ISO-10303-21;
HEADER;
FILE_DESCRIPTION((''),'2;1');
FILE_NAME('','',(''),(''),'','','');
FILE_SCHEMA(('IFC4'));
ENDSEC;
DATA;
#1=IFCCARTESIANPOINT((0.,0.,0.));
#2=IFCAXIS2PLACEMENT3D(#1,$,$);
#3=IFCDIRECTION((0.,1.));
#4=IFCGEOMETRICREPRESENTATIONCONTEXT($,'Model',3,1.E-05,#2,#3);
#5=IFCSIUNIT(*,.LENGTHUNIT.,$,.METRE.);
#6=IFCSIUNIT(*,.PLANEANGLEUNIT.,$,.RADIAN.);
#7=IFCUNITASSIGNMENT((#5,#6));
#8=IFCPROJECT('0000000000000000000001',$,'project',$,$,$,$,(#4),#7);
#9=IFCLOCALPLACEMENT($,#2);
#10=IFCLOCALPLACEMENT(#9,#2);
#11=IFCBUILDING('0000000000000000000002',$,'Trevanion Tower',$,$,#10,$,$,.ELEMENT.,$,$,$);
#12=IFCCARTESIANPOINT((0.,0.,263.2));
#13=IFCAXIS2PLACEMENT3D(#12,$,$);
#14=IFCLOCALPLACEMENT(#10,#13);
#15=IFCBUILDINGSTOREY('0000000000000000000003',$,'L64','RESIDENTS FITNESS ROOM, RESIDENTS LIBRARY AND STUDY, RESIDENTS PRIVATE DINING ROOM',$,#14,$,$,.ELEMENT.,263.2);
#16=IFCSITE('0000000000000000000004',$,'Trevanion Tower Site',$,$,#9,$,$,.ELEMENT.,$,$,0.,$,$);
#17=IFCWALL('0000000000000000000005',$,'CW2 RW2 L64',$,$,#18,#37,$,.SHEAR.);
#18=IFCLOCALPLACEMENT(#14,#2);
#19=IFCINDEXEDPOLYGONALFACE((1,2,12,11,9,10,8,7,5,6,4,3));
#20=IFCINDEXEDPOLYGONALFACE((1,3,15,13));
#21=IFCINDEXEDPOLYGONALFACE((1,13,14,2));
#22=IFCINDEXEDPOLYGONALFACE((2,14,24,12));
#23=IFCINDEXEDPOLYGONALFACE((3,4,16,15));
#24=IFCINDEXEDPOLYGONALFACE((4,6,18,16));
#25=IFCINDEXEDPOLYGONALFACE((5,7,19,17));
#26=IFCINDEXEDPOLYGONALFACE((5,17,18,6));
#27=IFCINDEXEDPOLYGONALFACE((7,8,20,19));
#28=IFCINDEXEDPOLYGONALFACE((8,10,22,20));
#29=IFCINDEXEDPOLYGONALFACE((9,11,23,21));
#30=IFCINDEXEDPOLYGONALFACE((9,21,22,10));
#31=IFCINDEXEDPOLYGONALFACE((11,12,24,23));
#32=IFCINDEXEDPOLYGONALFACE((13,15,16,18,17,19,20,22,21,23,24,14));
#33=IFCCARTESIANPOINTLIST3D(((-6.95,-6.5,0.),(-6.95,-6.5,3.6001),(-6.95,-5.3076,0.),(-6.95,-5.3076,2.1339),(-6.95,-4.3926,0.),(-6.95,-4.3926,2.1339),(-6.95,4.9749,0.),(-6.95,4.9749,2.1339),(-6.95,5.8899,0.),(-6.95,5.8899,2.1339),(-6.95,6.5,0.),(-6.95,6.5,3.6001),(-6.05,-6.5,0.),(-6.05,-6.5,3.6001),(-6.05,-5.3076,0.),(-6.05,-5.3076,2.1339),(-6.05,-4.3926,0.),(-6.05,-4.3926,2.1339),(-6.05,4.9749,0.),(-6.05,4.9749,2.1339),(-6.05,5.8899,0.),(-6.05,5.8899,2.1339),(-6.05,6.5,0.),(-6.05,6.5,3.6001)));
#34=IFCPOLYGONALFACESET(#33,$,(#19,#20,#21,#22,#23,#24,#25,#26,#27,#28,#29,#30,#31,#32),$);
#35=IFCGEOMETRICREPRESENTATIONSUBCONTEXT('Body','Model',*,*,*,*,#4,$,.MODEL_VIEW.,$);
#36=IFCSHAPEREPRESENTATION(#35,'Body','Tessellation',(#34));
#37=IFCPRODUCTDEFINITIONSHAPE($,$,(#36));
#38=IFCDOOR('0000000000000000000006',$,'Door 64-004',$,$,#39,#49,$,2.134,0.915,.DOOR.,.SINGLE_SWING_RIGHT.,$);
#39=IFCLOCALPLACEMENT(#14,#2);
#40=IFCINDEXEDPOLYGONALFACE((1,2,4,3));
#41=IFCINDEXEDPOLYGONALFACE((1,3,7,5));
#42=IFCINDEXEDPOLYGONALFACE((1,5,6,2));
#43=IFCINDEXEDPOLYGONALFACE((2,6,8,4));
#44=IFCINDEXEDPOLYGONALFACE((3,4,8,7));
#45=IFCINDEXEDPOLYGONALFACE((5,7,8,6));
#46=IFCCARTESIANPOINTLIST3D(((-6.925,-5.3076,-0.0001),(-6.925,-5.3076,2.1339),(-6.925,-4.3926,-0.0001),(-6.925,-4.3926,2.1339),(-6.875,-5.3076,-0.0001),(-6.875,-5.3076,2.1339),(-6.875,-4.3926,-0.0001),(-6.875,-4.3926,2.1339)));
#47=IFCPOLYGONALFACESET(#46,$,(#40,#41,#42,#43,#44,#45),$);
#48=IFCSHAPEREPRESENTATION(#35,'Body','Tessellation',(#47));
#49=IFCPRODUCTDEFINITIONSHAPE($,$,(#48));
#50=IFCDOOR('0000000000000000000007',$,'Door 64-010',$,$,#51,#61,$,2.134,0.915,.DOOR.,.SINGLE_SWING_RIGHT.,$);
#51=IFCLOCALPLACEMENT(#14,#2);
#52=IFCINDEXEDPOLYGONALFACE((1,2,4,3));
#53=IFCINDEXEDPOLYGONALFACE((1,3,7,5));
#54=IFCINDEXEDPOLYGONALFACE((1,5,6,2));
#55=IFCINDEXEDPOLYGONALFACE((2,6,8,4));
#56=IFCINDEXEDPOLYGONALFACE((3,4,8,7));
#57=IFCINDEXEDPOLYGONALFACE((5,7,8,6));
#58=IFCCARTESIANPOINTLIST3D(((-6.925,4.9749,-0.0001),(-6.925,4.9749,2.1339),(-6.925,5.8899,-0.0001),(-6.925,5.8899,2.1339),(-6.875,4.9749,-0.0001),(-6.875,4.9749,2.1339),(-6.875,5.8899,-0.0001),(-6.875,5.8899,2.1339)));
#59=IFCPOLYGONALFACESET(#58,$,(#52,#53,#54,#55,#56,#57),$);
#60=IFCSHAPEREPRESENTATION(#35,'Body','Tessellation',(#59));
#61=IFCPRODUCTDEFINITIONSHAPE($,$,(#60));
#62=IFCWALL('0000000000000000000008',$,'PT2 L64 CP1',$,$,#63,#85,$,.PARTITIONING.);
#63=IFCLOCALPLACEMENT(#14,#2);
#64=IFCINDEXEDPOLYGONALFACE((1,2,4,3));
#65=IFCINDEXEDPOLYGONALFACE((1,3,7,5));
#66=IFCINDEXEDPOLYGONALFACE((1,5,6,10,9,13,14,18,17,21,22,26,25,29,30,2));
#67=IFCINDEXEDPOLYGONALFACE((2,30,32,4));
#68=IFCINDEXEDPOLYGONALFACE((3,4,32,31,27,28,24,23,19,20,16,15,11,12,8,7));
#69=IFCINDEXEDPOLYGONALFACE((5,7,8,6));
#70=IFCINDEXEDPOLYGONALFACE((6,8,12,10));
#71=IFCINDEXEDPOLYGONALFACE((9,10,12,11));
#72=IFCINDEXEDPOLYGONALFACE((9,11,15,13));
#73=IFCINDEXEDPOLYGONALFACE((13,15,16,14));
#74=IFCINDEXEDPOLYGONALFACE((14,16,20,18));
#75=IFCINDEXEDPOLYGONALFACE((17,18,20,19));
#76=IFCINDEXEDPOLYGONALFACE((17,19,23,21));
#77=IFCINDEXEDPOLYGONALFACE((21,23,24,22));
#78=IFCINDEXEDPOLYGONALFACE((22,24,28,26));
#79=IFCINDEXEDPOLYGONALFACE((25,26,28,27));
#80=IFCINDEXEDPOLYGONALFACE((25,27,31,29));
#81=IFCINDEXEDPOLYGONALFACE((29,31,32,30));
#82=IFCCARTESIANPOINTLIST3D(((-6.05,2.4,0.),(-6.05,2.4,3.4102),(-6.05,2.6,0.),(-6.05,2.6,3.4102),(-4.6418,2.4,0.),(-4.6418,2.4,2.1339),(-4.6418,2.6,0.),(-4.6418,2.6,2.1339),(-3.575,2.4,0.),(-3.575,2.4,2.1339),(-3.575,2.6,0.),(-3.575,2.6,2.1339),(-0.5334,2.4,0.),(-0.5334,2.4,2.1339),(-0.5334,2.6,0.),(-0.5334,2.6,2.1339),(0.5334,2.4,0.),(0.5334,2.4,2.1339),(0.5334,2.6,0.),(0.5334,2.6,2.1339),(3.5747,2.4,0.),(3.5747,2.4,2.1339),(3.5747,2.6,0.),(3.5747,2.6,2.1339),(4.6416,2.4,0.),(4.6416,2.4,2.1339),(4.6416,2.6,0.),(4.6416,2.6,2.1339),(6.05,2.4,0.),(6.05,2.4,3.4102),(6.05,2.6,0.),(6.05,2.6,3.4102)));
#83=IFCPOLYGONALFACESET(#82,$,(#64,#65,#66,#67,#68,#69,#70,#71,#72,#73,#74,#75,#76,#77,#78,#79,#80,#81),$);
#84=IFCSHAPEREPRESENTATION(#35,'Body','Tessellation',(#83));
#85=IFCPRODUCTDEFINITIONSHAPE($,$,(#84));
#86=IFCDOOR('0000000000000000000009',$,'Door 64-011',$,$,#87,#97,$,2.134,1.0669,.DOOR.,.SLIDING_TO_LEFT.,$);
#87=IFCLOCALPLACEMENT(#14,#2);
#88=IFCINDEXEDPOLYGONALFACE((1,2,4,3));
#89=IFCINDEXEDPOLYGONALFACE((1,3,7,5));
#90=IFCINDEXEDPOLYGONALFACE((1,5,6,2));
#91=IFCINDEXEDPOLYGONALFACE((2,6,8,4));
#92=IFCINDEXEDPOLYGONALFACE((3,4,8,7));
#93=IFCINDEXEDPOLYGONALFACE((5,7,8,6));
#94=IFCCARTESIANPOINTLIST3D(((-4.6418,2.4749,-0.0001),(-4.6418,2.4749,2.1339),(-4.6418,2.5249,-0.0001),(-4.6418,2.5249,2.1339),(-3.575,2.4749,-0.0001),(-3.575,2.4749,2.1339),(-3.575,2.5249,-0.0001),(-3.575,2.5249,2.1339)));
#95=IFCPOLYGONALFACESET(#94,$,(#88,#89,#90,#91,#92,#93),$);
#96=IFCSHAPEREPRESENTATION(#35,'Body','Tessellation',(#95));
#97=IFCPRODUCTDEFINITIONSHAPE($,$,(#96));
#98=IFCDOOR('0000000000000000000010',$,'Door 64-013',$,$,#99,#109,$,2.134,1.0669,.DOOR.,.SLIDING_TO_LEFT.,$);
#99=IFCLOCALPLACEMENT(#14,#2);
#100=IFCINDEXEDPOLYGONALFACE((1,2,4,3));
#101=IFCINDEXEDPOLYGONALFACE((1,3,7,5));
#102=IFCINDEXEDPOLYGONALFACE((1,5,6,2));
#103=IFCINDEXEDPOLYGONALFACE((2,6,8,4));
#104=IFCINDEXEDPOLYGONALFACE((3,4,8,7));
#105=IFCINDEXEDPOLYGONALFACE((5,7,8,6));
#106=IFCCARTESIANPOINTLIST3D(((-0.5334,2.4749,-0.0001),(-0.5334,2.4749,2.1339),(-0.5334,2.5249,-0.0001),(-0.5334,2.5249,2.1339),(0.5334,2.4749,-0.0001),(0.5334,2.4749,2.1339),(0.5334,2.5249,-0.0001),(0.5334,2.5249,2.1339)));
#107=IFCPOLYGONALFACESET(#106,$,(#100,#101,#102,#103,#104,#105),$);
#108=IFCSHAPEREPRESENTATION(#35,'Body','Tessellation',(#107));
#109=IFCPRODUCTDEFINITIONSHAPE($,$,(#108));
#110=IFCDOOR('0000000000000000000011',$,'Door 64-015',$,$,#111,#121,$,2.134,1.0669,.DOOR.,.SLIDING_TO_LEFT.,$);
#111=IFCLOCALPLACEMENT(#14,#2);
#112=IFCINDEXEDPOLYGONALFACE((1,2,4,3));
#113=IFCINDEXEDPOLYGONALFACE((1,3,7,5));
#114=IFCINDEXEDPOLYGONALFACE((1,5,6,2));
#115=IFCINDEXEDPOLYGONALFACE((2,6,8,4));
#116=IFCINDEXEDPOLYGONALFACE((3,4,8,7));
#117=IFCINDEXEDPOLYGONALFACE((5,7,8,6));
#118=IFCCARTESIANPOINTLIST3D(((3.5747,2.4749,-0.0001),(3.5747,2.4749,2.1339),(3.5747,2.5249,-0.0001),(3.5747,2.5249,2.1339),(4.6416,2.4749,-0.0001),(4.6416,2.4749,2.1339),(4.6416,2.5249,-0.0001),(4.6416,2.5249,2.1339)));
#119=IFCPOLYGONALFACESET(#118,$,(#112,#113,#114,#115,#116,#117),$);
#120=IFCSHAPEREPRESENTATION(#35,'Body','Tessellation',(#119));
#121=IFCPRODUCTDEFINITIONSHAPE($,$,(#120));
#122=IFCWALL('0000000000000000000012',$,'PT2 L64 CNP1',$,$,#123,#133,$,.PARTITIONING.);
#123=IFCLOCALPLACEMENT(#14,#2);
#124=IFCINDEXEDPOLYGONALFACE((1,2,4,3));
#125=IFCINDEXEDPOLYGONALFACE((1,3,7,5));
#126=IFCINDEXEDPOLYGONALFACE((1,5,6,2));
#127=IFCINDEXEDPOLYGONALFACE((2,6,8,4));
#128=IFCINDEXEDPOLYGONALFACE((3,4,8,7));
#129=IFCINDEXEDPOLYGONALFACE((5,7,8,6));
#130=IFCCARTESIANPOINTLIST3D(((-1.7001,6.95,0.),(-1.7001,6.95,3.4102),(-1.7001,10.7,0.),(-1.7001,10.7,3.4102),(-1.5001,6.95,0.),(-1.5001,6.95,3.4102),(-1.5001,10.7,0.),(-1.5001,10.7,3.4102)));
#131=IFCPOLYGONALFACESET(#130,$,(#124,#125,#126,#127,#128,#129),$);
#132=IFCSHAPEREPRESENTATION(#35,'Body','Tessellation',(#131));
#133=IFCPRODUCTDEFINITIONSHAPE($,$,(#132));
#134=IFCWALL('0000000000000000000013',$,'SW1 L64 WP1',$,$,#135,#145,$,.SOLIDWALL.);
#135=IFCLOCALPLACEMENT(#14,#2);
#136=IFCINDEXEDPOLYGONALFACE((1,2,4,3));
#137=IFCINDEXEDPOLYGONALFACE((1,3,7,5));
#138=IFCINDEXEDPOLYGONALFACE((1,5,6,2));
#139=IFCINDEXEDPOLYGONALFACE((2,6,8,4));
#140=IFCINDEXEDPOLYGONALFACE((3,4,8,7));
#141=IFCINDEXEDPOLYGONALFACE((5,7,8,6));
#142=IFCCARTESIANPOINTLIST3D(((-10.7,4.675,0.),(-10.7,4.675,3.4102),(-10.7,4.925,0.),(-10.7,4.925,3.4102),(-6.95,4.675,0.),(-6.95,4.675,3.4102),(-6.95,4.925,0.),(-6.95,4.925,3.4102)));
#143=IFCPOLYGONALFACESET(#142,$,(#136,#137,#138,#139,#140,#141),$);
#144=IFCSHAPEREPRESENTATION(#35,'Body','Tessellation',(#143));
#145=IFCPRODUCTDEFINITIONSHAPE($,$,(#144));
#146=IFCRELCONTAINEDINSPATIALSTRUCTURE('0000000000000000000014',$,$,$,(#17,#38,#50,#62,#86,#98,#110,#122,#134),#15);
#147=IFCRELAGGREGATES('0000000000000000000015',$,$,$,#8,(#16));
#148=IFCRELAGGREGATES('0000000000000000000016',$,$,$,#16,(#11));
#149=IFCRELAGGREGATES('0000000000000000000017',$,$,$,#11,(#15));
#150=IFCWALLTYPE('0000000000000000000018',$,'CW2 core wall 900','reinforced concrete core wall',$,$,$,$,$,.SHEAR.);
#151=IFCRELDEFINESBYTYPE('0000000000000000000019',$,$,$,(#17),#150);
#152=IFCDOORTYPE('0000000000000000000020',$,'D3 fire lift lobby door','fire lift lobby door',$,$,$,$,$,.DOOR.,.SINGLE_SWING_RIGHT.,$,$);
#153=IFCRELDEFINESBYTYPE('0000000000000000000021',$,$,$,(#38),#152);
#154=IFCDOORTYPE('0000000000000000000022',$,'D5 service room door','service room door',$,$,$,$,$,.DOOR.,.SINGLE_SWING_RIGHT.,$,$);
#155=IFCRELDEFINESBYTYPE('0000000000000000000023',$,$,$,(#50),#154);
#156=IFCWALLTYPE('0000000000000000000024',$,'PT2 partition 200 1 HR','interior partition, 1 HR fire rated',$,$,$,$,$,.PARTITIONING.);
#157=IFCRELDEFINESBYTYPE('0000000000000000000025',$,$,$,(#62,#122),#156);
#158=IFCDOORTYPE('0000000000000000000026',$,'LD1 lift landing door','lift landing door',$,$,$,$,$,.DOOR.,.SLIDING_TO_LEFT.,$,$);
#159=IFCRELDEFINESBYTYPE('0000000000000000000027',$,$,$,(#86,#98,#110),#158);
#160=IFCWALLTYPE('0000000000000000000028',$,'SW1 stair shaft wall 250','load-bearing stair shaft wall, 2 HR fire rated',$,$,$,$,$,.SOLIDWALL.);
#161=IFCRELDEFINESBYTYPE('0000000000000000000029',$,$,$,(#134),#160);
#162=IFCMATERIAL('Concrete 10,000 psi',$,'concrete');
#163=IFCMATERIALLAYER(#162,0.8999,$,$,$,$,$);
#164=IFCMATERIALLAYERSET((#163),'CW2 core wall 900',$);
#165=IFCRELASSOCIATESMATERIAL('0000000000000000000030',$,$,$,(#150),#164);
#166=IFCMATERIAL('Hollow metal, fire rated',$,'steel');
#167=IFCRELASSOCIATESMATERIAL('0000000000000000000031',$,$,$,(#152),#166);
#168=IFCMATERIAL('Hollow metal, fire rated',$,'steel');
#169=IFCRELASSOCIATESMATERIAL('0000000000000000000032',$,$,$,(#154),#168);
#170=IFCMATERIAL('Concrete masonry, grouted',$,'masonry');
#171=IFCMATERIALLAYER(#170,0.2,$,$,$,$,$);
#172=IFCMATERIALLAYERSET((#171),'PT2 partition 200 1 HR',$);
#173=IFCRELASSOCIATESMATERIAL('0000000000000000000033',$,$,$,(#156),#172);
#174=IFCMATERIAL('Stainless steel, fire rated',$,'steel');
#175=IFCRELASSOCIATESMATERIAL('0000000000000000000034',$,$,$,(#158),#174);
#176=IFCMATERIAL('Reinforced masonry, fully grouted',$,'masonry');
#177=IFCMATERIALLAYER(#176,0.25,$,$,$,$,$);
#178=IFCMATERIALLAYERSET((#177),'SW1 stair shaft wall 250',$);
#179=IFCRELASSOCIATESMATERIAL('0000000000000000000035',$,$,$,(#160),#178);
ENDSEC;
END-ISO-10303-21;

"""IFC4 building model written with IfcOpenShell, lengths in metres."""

from ifc_helpers import new_model, si_unit, direction, frame, frame_2d, origin, place, context, subcontext, project, spatial, rectangle, extrude, material, layer, layer_set, type_object, element, fill, save


model = new_model("IFC4")

# Units and contexts
model_context = context("Model", 3, precision=1e-05, world=origin(), true_north=direction((0.0, 1.0)))
body_context = subcontext(model_context, "Body", "Model", "MODEL_VIEW")
ifc_project = project(units=[si_unit("LENGTHUNIT", "METRE"), si_unit("PLANEANGLEUNIT", "RADIAN")], contexts=[model_context])

# Site, building, storey
site_placement = place(None, origin())
site = spatial("IfcSite", under=ifc_project, at=site_placement, Name="Trevanion Tower Site", CompositionType="ELEMENT", RefElevation=0.0)
building_placement = place(site_placement, origin())
building = spatial("IfcBuilding", under=site, at=building_placement, Name="Trevanion Tower", CompositionType="ELEMENT")
storey_placement = place(building_placement, frame((0.0, 0.0, 263.2)))
storey = spatial("IfcBuildingStorey", under=building, at=storey_placement, Name="L64", Description="RESIDENTS FITNESS ROOM, RESIDENTS LIBRARY AND STUDY, RESIDENTS PRIVATE DINING ROOM", CompositionType="ELEMENT", Elevation=263.2)

# Walls, openings, doors
ifc_material_1 = material(Name="Concrete 10,000 psi", Category="concrete")
ifc_layer_1 = layer(ifc_material_1, 0.8999)
ifc_layer_set_1 = layer_set([ifc_layer_1], Name="CW2 core wall 900")
wall_type_1 = type_object("IfcWallType", Name="CW2 core wall 900", Description="reinforced concrete core wall", PredefinedType="SHEAR", material=ifc_layer_set_1)
wall_1_placement = place(storey_placement, frame((-6.5, 6.5, 0.0), z_axis=(0.0, 0.0, 1.0), x_axis=(0.0, -1.0, 0.0)))
wall_1 = element("IfcWall", 1, at=wall_1_placement, inside=storey, type_object=wall_type_1, Name="CW2 RW2 L64", PredefinedType="SHEAR", context=body_context, shape_type="SweptSolid", body=[
    extrude(rectangle(XDim=13.0, YDim=0.8999, at=frame_2d((6.5, 0.0))), origin(), (0.0, 0.0, 1.0), 3.6001),
])
opening_1_placement = place(wall_1_placement, frame((10.8926, 0.0, 0.0)))
opening_1 = element("IfcOpeningElement", 2, at=opening_1_placement, cuts=wall_1, PredefinedType="OPENING", context=body_context, shape_type="SweptSolid", body=[
    extrude(rectangle(XDim=0.915, YDim=2.134, at=frame_2d((0.4575, 1.0669))), frame((0.0, 0.46, 0.0), z_axis=(0.0, -1.0, 0.0), x_axis=(1.0, 0.0, 0.0)), (0.0, 0.0, 1.0), 0.9199),
])
opening_2_placement = place(wall_1_placement, frame((0.6101, 0.0, 0.0)))
opening_2 = element("IfcOpeningElement", 3, at=opening_2_placement, cuts=wall_1, PredefinedType="OPENING", context=body_context, shape_type="SweptSolid", body=[
    extrude(rectangle(XDim=0.915, YDim=2.134, at=frame_2d((0.4575, 1.0669))), frame((0.0, 0.46, 0.0), z_axis=(0.0, -1.0, 0.0), x_axis=(1.0, 0.0, 0.0)), (0.0, 0.0, 1.0), 0.9199),
])
ifc_material_2 = material(Name="Hollow metal, fire rated", Category="steel")
door_type_1 = type_object("IfcDoorType", Name="D3 fire lift lobby door", Description="fire lift lobby door", OperationType="SINGLE_SWING_RIGHT", PredefinedType="DOOR", material=ifc_material_2)
door_1_placement = place(opening_1_placement, origin())
door_1 = element("IfcDoor", 4, at=door_1_placement, inside=storey, type_object=door_type_1, Name="Door 64-004", OperationType="SINGLE_SWING_RIGHT", OverallHeight=2.134, OverallWidth=0.915, PredefinedType="DOOR", context=body_context, shape_type="SweptSolid", body=[
    extrude(rectangle(XDim=0.915, YDim=2.134, at=frame_2d((0.4575, 1.0669))), frame((0.0, -0.375, 0.0), z_axis=(0.0, -1.0, 0.0), x_axis=(1.0, 0.0, 0.0)), (0.0, 0.0, 1.0), 0.05),
])
fill(opening_1, door_1)
ifc_material_3 = material(Name="Hollow metal, fire rated", Category="steel")
door_type_2 = type_object("IfcDoorType", Name="D5 service room door", Description="service room door", OperationType="SINGLE_SWING_RIGHT", PredefinedType="DOOR", material=ifc_material_3)
door_2_placement = place(opening_2_placement, origin())
door_2 = element("IfcDoor", 5, at=door_2_placement, inside=storey, type_object=door_type_2, Name="Door 64-010", OperationType="SINGLE_SWING_RIGHT", OverallHeight=2.134, OverallWidth=0.915, PredefinedType="DOOR", context=body_context, shape_type="SweptSolid", body=[
    extrude(rectangle(XDim=0.915, YDim=2.134, at=frame_2d((0.4575, 1.0669))), frame((0.0, -0.375, 0.0), z_axis=(0.0, -1.0, 0.0), x_axis=(1.0, 0.0, 0.0)), (0.0, 0.0, 1.0), 0.05),
])
fill(opening_2, door_2)
ifc_material_4 = material(Name="Concrete masonry, grouted", Category="masonry")
ifc_layer_2 = layer(ifc_material_4, 0.2)
ifc_layer_set_2 = layer_set([ifc_layer_2], Name="PT2 partition 200 1 HR")
wall_type_2 = type_object("IfcWallType", Name="PT2 partition 200 1 HR", Description="interior partition, 1 HR fire rated", PredefinedType="PARTITIONING", material=ifc_layer_set_2)
wall_2_placement = place(storey_placement, frame((-6.05, 2.5, 0.0), z_axis=(0.0, 0.0, 1.0), x_axis=(1.0, 0.0, 0.0)))
wall_2 = element("IfcWall", 6, at=wall_2_placement, inside=storey, type_object=wall_type_2, Name="PT2 L64 CP1", PredefinedType="PARTITIONING", context=body_context, shape_type="SweptSolid", body=[
    extrude(rectangle(XDim=12.1001, YDim=0.2, at=frame_2d((6.05, 0.0))), origin(), (0.0, 0.0, 1.0), 3.4102),
])
opening_3_placement = place(wall_2_placement, frame((1.4082, 0.0, 0.0)))
opening_3 = element("IfcOpeningElement", 7, at=opening_3_placement, cuts=wall_2, PredefinedType="OPENING", context=body_context, shape_type="SweptSolid", body=[
    extrude(rectangle(XDim=1.0669, YDim=2.134, at=frame_2d((0.5334, 1.0669))), frame((0.0, 0.1099, 0.0), z_axis=(0.0, -1.0, 0.0), x_axis=(1.0, 0.0, 0.0)), (0.0, 0.0, 1.0), 0.22),
])
opening_4_placement = place(wall_2_placement, frame((5.5166, 0.0, 0.0)))
opening_4 = element("IfcOpeningElement", 8, at=opening_4_placement, cuts=wall_2, PredefinedType="OPENING", context=body_context, shape_type="SweptSolid", body=[
    extrude(rectangle(XDim=1.0669, YDim=2.134, at=frame_2d((0.5334, 1.0669))), frame((0.0, 0.1099, 0.0), z_axis=(0.0, -1.0, 0.0), x_axis=(1.0, 0.0, 0.0)), (0.0, 0.0, 1.0), 0.22),
])
opening_5_placement = place(wall_2_placement, frame((9.6248, 0.0, 0.0)))
opening_5 = element("IfcOpeningElement", 9, at=opening_5_placement, cuts=wall_2, PredefinedType="OPENING", context=body_context, shape_type="SweptSolid", body=[
    extrude(rectangle(XDim=1.0669, YDim=2.134, at=frame_2d((0.5334, 1.0669))), frame((0.0, 0.1099, 0.0), z_axis=(0.0, -1.0, 0.0), x_axis=(1.0, 0.0, 0.0)), (0.0, 0.0, 1.0), 0.22),
])
ifc_material_5 = material(Name="Stainless steel, fire rated", Category="steel")
door_type_3 = type_object("IfcDoorType", Name="LD1 lift landing door", Description="lift landing door", OperationType="SLIDING_TO_LEFT", PredefinedType="DOOR", material=ifc_material_5)
door_3_placement = place(opening_3_placement, origin())
door_3 = element("IfcDoor", 10, at=door_3_placement, inside=storey, type_object=door_type_3, Name="Door 64-011", OperationType="SLIDING_TO_LEFT", OverallHeight=2.134, OverallWidth=1.0669, PredefinedType="DOOR", context=body_context, shape_type="SweptSolid", body=[
    extrude(rectangle(XDim=1.0669, YDim=2.134, at=frame_2d((0.5334, 1.0669))), frame((0.0, 0.0249, 0.0), z_axis=(0.0, -1.0, 0.0), x_axis=(1.0, 0.0, 0.0)), (0.0, 0.0, 1.0), 0.05),
])
fill(opening_3, door_3)
door_4_placement = place(opening_4_placement, origin())
door_4 = element("IfcDoor", 11, at=door_4_placement, inside=storey, type_object=door_type_3, Name="Door 64-013", OperationType="SLIDING_TO_LEFT", OverallHeight=2.134, OverallWidth=1.0669, PredefinedType="DOOR", context=body_context, shape_type="SweptSolid", body=[
    extrude(rectangle(XDim=1.0669, YDim=2.134, at=frame_2d((0.5334, 1.0669))), frame((0.0, 0.0249, 0.0), z_axis=(0.0, -1.0, 0.0), x_axis=(1.0, 0.0, 0.0)), (0.0, 0.0, 1.0), 0.05),
])
fill(opening_4, door_4)
door_5_placement = place(opening_5_placement, origin())
door_5 = element("IfcDoor", 12, at=door_5_placement, inside=storey, type_object=door_type_3, Name="Door 64-015", OperationType="SLIDING_TO_LEFT", OverallHeight=2.134, OverallWidth=1.0669, PredefinedType="DOOR", context=body_context, shape_type="SweptSolid", body=[
    extrude(rectangle(XDim=1.0669, YDim=2.134, at=frame_2d((0.5334, 1.0669))), frame((0.0, 0.0249, 0.0), z_axis=(0.0, -1.0, 0.0), x_axis=(1.0, 0.0, 0.0)), (0.0, 0.0, 1.0), 0.05),
])
fill(opening_5, door_5)

# Walls
wall_3_placement = place(storey_placement, frame((-1.6001, 6.95, 0.0), z_axis=(0.0, 0.0, 1.0), x_axis=(0.0, 1.0, 0.0)))
element("IfcWall", 13, at=wall_3_placement, inside=storey, type_object=wall_type_2, Name="PT2 L64 CNP1", PredefinedType="PARTITIONING", context=body_context, shape_type="SweptSolid", body=[
    extrude(rectangle(XDim=3.75, YDim=0.2, at=frame_2d((1.875, 0.0))), origin(), (0.0, 0.0, 1.0), 3.4102),
])
ifc_material_6 = material(Name="Reinforced masonry, fully grouted", Category="masonry")
ifc_layer_3 = layer(ifc_material_6, 0.25)
ifc_layer_set_3 = layer_set([ifc_layer_3], Name="SW1 stair shaft wall 250")
wall_type_3 = type_object("IfcWallType", Name="SW1 stair shaft wall 250", Description="load-bearing stair shaft wall, 2 HR fire rated", PredefinedType="SOLIDWALL", material=ifc_layer_set_3)
wall_4_placement = place(storey_placement, frame((-6.95, 4.8, 0.0), z_axis=(0.0, 0.0, 1.0), x_axis=(-1.0, 0.0, 0.0)))
element("IfcWall", 14, at=wall_4_placement, inside=storey, type_object=wall_type_3, Name="SW1 L64 WP1", PredefinedType="SOLIDWALL", context=body_context, shape_type="SweptSolid", body=[
    extrude(rectangle(XDim=3.75, YDim=0.25, at=frame_2d((1.875, 0.0))), origin(), (0.0, 0.0, 1.0), 3.4102),
])

save(model, "model.ifc")
